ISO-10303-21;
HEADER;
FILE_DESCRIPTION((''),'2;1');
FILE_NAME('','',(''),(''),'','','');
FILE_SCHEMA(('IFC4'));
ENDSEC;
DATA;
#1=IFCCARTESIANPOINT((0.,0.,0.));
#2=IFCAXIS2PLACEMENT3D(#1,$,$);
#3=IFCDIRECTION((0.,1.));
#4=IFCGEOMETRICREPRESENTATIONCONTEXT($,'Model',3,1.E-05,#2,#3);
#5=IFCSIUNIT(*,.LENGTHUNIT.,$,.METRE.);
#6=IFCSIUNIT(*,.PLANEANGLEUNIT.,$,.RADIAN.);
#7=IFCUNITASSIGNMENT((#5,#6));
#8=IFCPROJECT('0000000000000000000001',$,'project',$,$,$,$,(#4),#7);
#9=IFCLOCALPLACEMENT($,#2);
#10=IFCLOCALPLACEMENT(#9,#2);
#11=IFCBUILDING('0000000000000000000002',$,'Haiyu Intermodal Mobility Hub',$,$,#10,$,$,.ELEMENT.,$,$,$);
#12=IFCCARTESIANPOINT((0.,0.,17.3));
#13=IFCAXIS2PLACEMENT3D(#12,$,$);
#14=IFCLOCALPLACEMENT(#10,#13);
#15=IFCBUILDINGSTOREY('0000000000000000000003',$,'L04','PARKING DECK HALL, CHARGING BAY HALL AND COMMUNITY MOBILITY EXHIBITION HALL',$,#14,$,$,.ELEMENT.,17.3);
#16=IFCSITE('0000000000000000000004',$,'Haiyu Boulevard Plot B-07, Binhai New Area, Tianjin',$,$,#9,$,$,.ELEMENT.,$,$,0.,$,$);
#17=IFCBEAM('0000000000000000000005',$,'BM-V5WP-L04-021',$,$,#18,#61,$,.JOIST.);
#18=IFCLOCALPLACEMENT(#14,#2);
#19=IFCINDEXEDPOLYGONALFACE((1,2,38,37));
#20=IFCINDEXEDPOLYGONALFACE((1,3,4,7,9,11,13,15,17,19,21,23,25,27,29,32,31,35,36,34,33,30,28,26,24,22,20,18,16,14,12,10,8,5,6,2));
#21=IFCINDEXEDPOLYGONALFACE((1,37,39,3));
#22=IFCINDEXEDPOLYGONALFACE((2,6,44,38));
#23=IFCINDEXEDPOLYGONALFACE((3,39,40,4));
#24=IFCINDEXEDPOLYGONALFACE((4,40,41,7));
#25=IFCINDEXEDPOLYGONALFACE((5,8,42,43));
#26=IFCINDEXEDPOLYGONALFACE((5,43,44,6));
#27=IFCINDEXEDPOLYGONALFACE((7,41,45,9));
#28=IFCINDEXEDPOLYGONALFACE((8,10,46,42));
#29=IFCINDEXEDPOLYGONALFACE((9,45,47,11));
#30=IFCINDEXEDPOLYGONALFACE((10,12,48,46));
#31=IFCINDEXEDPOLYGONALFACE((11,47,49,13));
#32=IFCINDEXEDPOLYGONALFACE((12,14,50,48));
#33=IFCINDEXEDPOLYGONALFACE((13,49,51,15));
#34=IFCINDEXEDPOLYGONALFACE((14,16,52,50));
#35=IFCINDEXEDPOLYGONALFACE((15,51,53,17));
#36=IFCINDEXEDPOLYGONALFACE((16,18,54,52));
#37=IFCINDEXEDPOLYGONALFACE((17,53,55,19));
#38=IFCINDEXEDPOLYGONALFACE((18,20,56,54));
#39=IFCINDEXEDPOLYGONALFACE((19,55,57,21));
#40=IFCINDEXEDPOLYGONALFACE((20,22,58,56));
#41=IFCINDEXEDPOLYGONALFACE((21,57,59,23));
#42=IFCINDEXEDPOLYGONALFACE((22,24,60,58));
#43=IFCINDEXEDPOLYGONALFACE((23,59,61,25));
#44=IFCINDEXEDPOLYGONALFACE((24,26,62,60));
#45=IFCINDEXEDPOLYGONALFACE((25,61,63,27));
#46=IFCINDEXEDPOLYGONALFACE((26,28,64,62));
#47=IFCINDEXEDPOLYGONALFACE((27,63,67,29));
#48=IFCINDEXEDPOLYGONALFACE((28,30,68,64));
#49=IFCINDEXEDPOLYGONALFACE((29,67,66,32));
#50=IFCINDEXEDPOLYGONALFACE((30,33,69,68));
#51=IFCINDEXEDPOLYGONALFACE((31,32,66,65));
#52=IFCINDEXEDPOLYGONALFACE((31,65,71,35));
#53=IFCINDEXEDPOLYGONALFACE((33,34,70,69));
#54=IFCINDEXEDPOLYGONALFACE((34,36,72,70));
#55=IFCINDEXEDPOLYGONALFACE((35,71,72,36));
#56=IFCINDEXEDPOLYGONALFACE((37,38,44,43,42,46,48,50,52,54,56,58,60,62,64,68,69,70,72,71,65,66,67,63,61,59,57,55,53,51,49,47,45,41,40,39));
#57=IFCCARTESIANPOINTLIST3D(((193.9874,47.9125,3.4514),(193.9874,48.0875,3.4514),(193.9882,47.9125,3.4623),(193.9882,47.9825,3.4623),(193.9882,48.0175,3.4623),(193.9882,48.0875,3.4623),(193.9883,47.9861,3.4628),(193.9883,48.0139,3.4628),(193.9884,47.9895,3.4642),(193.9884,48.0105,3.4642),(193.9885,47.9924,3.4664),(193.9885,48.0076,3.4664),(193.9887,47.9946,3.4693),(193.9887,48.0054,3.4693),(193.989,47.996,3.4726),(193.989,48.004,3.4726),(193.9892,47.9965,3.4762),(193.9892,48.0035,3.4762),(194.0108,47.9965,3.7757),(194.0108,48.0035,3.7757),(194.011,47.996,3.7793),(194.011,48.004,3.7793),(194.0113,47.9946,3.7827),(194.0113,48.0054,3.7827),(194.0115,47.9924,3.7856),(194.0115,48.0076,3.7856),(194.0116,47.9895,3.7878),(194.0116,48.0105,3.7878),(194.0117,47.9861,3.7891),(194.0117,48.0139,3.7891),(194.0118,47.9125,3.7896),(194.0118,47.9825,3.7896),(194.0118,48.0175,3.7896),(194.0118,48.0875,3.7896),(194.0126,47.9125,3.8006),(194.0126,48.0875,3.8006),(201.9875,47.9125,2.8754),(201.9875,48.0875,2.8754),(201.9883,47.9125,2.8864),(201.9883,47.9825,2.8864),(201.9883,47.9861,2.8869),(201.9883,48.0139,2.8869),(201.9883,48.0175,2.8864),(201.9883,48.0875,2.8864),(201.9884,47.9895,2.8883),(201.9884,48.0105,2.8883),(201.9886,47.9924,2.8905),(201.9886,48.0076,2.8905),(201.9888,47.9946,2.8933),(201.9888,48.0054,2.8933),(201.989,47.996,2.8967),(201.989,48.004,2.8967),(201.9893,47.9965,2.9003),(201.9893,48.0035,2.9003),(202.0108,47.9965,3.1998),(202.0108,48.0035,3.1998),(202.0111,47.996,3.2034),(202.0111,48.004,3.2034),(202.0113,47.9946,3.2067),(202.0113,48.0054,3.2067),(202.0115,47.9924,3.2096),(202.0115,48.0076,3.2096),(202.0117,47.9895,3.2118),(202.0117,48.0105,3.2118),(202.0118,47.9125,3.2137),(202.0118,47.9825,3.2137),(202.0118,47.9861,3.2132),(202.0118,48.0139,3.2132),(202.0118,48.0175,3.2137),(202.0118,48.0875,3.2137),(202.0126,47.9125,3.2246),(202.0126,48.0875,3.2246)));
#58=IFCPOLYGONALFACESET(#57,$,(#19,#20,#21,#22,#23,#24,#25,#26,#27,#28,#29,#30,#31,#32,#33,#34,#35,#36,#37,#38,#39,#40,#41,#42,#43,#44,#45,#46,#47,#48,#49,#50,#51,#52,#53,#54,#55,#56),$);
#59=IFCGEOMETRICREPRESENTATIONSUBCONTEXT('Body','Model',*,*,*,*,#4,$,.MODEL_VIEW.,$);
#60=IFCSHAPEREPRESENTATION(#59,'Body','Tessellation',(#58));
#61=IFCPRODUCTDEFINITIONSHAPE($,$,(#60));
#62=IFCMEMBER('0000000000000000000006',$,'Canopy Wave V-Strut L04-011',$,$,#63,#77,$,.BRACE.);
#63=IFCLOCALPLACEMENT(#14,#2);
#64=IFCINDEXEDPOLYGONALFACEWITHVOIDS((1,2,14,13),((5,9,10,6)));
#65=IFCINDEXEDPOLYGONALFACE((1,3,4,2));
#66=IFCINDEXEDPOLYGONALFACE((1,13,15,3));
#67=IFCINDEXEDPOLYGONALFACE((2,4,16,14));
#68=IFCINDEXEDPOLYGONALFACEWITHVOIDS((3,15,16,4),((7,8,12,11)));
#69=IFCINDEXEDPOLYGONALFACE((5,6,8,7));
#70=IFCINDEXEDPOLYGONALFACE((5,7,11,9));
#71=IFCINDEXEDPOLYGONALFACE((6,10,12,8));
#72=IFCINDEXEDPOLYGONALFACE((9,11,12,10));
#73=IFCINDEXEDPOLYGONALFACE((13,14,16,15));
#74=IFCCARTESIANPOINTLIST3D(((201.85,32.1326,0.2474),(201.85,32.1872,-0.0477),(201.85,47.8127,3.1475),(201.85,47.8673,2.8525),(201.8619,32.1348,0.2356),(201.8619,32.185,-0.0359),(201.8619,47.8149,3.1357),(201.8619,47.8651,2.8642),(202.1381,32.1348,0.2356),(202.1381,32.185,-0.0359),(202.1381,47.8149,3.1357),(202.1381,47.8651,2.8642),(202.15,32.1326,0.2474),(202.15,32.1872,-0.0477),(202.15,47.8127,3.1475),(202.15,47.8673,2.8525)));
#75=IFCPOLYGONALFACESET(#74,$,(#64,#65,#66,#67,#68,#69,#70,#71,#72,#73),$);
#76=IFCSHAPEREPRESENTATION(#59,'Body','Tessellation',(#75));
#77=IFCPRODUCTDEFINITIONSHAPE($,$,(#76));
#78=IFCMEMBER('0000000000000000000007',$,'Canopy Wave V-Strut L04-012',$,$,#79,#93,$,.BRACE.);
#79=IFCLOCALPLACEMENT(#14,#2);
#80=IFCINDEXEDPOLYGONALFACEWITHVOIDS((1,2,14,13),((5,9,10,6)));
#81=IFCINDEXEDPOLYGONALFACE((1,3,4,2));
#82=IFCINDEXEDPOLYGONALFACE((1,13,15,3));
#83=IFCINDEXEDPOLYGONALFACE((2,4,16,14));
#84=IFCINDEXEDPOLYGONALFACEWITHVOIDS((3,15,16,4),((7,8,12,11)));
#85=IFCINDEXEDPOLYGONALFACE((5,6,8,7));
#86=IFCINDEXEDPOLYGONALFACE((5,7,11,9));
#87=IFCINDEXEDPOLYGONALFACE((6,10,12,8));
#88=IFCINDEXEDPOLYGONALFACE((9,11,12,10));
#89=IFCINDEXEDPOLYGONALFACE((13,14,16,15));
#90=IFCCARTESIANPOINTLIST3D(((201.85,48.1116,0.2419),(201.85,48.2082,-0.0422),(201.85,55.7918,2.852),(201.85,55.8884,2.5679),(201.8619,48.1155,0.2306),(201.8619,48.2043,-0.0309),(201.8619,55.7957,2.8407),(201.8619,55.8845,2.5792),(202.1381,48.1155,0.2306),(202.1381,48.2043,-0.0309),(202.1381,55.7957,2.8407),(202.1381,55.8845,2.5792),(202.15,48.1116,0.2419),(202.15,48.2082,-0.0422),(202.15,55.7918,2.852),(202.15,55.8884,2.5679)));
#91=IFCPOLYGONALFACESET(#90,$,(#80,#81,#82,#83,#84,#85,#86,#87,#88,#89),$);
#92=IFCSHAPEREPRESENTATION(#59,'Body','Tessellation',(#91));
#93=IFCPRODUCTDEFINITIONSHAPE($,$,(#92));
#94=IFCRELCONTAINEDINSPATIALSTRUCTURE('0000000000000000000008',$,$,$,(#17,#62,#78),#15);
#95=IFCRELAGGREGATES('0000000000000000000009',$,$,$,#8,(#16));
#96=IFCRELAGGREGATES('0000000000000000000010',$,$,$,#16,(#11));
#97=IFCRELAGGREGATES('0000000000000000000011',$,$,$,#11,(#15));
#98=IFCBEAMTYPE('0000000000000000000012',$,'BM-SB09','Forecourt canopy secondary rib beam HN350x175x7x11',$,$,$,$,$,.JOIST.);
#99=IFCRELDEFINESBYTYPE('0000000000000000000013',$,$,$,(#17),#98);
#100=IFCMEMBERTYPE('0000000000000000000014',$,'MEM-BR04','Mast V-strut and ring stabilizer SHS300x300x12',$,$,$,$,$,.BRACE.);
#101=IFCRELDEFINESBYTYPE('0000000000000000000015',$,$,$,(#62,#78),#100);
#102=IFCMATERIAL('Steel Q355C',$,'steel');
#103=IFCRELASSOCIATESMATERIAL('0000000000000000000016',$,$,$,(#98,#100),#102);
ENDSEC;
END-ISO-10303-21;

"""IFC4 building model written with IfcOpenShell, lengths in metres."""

from ifc_helpers import new_model, si_unit, direction, frame, origin, origin_2d, place, context, subcontext, project, spatial, hollow_rectangle, i_section, extrude, material, material_profile, profile_set, type_object, element, save


model = new_model("IFC4")

# Units and contexts
model_context = context("Model", 3, precision=1e-05, world=origin(), true_north=direction((0.0, 1.0)))
body_context = subcontext(model_context, "Body", "Model", "MODEL_VIEW")
ifc_project = project(units=[si_unit("LENGTHUNIT", "METRE"), si_unit("PLANEANGLEUNIT", "RADIAN")], contexts=[model_context])

# Site, building, storey
site_placement = place(None, origin())
site = spatial("IfcSite", under=ifc_project, at=site_placement, Name="Haiyu Boulevard Plot B-07, Binhai New Area, Tianjin", CompositionType="ELEMENT", RefElevation=0.0)
building_placement = place(site_placement, origin())
building = spatial("IfcBuilding", under=site, at=building_placement, Name="Haiyu Intermodal Mobility Hub", CompositionType="ELEMENT")
storey_placement = place(building_placement, frame((0.0, 0.0, 17.3)))
storey = spatial("IfcBuildingStorey", under=building, at=storey_placement, Name="L04", Description="PARKING DECK HALL, CHARGING BAY HALL AND COMMUNITY MOBILITY EXHIBITION HALL", CompositionType="ELEMENT", Elevation=17.3)

# Shared definitions
ifc_material_1 = material(Name="Steel Q355C", Category="steel")

# Beam
ifc_material_profile_1 = material_profile(ifc_material_1, i_section(OverallWidth=0.175, OverallDepth=0.3501, WebThickness=0.0071, FlangeThickness=0.011, FilletRadius=0.0139, at=origin_2d()), Name="HN350x175x7x11")
ifc_profile_set_1 = profile_set([ifc_material_profile_1], Name="Steel Q355C")
beam_type_1 = type_object("IfcBeamType", Name="BM-SB09", Description="Forecourt canopy secondary rib beam HN350x175x7x11", PredefinedType="JOIST", material=ifc_profile_set_1)
beam_placement = place(storey_placement, frame((194.0, 48.0, 3.626), z_axis=(0.997419, 0.0, -0.071805), x_axis=(0.0, 1.0, 0.0)))
element("IfcBeam", 1, at=beam_placement, inside=storey, type_object=beam_type_1, Name="BM-V5WP-L04-021", PredefinedType="JOIST", context=body_context, shape_type="SweptSolid", body=[
    extrude(i_section(OverallWidth=0.175, OverallDepth=0.3501, WebThickness=0.0071, FlangeThickness=0.011, FilletRadius=0.0139, at=origin_2d()), origin(), (0.0, 0.0, 1.0), 8.0208),
])

# Members
ifc_material_profile_2 = material_profile(ifc_material_1, hollow_rectangle(XDim=0.3, YDim=0.3, WallThickness=0.012, at=origin_2d()), Name="SHS300x300x12")
ifc_profile_set_2 = profile_set([ifc_material_profile_2], Name="Steel Q355C")
member_type = type_object("IfcMemberType", Name="MEM-BR04", Description="Mast V-strut and ring stabilizer SHS300x300x12", PredefinedType="BRACE", material=ifc_profile_set_2)
member_1_placement = place(storey_placement, frame((202.0, 32.1599, 0.0999), z_axis=(0.0, 0.983322, 0.181872), x_axis=(-1.0, 0.0, 0.0)))
element("IfcMember", 2, at=member_1_placement, inside=storey, type_object=member_type, Name="Canopy Wave V-Strut L04-011", PredefinedType="BRACE", context=body_context, shape_type="SweptSolid", body=[
    extrude(hollow_rectangle(XDim=0.3, YDim=0.3, WallThickness=0.012, at=origin_2d()), origin(), (0.0, 0.0, 1.0), 15.946),
])
member_2_placement = place(storey_placement, frame((202.0, 48.1599, 0.0999), z_axis=(0.0, 0.946816, 0.321775), x_axis=(-1.0, 0.0, 0.0)))
element("IfcMember", 3, at=member_2_placement, inside=storey, type_object=member_type, Name="Canopy Wave V-Strut L04-012", PredefinedType="BRACE", context=body_context, shape_type="SweptSolid", body=[
    extrude(hollow_rectangle(XDim=0.3, YDim=0.3, WallThickness=0.012, at=origin_2d()), origin(), (0.0, 0.0, 1.0), 8.1116),
])

save(model, "model.ifc")
